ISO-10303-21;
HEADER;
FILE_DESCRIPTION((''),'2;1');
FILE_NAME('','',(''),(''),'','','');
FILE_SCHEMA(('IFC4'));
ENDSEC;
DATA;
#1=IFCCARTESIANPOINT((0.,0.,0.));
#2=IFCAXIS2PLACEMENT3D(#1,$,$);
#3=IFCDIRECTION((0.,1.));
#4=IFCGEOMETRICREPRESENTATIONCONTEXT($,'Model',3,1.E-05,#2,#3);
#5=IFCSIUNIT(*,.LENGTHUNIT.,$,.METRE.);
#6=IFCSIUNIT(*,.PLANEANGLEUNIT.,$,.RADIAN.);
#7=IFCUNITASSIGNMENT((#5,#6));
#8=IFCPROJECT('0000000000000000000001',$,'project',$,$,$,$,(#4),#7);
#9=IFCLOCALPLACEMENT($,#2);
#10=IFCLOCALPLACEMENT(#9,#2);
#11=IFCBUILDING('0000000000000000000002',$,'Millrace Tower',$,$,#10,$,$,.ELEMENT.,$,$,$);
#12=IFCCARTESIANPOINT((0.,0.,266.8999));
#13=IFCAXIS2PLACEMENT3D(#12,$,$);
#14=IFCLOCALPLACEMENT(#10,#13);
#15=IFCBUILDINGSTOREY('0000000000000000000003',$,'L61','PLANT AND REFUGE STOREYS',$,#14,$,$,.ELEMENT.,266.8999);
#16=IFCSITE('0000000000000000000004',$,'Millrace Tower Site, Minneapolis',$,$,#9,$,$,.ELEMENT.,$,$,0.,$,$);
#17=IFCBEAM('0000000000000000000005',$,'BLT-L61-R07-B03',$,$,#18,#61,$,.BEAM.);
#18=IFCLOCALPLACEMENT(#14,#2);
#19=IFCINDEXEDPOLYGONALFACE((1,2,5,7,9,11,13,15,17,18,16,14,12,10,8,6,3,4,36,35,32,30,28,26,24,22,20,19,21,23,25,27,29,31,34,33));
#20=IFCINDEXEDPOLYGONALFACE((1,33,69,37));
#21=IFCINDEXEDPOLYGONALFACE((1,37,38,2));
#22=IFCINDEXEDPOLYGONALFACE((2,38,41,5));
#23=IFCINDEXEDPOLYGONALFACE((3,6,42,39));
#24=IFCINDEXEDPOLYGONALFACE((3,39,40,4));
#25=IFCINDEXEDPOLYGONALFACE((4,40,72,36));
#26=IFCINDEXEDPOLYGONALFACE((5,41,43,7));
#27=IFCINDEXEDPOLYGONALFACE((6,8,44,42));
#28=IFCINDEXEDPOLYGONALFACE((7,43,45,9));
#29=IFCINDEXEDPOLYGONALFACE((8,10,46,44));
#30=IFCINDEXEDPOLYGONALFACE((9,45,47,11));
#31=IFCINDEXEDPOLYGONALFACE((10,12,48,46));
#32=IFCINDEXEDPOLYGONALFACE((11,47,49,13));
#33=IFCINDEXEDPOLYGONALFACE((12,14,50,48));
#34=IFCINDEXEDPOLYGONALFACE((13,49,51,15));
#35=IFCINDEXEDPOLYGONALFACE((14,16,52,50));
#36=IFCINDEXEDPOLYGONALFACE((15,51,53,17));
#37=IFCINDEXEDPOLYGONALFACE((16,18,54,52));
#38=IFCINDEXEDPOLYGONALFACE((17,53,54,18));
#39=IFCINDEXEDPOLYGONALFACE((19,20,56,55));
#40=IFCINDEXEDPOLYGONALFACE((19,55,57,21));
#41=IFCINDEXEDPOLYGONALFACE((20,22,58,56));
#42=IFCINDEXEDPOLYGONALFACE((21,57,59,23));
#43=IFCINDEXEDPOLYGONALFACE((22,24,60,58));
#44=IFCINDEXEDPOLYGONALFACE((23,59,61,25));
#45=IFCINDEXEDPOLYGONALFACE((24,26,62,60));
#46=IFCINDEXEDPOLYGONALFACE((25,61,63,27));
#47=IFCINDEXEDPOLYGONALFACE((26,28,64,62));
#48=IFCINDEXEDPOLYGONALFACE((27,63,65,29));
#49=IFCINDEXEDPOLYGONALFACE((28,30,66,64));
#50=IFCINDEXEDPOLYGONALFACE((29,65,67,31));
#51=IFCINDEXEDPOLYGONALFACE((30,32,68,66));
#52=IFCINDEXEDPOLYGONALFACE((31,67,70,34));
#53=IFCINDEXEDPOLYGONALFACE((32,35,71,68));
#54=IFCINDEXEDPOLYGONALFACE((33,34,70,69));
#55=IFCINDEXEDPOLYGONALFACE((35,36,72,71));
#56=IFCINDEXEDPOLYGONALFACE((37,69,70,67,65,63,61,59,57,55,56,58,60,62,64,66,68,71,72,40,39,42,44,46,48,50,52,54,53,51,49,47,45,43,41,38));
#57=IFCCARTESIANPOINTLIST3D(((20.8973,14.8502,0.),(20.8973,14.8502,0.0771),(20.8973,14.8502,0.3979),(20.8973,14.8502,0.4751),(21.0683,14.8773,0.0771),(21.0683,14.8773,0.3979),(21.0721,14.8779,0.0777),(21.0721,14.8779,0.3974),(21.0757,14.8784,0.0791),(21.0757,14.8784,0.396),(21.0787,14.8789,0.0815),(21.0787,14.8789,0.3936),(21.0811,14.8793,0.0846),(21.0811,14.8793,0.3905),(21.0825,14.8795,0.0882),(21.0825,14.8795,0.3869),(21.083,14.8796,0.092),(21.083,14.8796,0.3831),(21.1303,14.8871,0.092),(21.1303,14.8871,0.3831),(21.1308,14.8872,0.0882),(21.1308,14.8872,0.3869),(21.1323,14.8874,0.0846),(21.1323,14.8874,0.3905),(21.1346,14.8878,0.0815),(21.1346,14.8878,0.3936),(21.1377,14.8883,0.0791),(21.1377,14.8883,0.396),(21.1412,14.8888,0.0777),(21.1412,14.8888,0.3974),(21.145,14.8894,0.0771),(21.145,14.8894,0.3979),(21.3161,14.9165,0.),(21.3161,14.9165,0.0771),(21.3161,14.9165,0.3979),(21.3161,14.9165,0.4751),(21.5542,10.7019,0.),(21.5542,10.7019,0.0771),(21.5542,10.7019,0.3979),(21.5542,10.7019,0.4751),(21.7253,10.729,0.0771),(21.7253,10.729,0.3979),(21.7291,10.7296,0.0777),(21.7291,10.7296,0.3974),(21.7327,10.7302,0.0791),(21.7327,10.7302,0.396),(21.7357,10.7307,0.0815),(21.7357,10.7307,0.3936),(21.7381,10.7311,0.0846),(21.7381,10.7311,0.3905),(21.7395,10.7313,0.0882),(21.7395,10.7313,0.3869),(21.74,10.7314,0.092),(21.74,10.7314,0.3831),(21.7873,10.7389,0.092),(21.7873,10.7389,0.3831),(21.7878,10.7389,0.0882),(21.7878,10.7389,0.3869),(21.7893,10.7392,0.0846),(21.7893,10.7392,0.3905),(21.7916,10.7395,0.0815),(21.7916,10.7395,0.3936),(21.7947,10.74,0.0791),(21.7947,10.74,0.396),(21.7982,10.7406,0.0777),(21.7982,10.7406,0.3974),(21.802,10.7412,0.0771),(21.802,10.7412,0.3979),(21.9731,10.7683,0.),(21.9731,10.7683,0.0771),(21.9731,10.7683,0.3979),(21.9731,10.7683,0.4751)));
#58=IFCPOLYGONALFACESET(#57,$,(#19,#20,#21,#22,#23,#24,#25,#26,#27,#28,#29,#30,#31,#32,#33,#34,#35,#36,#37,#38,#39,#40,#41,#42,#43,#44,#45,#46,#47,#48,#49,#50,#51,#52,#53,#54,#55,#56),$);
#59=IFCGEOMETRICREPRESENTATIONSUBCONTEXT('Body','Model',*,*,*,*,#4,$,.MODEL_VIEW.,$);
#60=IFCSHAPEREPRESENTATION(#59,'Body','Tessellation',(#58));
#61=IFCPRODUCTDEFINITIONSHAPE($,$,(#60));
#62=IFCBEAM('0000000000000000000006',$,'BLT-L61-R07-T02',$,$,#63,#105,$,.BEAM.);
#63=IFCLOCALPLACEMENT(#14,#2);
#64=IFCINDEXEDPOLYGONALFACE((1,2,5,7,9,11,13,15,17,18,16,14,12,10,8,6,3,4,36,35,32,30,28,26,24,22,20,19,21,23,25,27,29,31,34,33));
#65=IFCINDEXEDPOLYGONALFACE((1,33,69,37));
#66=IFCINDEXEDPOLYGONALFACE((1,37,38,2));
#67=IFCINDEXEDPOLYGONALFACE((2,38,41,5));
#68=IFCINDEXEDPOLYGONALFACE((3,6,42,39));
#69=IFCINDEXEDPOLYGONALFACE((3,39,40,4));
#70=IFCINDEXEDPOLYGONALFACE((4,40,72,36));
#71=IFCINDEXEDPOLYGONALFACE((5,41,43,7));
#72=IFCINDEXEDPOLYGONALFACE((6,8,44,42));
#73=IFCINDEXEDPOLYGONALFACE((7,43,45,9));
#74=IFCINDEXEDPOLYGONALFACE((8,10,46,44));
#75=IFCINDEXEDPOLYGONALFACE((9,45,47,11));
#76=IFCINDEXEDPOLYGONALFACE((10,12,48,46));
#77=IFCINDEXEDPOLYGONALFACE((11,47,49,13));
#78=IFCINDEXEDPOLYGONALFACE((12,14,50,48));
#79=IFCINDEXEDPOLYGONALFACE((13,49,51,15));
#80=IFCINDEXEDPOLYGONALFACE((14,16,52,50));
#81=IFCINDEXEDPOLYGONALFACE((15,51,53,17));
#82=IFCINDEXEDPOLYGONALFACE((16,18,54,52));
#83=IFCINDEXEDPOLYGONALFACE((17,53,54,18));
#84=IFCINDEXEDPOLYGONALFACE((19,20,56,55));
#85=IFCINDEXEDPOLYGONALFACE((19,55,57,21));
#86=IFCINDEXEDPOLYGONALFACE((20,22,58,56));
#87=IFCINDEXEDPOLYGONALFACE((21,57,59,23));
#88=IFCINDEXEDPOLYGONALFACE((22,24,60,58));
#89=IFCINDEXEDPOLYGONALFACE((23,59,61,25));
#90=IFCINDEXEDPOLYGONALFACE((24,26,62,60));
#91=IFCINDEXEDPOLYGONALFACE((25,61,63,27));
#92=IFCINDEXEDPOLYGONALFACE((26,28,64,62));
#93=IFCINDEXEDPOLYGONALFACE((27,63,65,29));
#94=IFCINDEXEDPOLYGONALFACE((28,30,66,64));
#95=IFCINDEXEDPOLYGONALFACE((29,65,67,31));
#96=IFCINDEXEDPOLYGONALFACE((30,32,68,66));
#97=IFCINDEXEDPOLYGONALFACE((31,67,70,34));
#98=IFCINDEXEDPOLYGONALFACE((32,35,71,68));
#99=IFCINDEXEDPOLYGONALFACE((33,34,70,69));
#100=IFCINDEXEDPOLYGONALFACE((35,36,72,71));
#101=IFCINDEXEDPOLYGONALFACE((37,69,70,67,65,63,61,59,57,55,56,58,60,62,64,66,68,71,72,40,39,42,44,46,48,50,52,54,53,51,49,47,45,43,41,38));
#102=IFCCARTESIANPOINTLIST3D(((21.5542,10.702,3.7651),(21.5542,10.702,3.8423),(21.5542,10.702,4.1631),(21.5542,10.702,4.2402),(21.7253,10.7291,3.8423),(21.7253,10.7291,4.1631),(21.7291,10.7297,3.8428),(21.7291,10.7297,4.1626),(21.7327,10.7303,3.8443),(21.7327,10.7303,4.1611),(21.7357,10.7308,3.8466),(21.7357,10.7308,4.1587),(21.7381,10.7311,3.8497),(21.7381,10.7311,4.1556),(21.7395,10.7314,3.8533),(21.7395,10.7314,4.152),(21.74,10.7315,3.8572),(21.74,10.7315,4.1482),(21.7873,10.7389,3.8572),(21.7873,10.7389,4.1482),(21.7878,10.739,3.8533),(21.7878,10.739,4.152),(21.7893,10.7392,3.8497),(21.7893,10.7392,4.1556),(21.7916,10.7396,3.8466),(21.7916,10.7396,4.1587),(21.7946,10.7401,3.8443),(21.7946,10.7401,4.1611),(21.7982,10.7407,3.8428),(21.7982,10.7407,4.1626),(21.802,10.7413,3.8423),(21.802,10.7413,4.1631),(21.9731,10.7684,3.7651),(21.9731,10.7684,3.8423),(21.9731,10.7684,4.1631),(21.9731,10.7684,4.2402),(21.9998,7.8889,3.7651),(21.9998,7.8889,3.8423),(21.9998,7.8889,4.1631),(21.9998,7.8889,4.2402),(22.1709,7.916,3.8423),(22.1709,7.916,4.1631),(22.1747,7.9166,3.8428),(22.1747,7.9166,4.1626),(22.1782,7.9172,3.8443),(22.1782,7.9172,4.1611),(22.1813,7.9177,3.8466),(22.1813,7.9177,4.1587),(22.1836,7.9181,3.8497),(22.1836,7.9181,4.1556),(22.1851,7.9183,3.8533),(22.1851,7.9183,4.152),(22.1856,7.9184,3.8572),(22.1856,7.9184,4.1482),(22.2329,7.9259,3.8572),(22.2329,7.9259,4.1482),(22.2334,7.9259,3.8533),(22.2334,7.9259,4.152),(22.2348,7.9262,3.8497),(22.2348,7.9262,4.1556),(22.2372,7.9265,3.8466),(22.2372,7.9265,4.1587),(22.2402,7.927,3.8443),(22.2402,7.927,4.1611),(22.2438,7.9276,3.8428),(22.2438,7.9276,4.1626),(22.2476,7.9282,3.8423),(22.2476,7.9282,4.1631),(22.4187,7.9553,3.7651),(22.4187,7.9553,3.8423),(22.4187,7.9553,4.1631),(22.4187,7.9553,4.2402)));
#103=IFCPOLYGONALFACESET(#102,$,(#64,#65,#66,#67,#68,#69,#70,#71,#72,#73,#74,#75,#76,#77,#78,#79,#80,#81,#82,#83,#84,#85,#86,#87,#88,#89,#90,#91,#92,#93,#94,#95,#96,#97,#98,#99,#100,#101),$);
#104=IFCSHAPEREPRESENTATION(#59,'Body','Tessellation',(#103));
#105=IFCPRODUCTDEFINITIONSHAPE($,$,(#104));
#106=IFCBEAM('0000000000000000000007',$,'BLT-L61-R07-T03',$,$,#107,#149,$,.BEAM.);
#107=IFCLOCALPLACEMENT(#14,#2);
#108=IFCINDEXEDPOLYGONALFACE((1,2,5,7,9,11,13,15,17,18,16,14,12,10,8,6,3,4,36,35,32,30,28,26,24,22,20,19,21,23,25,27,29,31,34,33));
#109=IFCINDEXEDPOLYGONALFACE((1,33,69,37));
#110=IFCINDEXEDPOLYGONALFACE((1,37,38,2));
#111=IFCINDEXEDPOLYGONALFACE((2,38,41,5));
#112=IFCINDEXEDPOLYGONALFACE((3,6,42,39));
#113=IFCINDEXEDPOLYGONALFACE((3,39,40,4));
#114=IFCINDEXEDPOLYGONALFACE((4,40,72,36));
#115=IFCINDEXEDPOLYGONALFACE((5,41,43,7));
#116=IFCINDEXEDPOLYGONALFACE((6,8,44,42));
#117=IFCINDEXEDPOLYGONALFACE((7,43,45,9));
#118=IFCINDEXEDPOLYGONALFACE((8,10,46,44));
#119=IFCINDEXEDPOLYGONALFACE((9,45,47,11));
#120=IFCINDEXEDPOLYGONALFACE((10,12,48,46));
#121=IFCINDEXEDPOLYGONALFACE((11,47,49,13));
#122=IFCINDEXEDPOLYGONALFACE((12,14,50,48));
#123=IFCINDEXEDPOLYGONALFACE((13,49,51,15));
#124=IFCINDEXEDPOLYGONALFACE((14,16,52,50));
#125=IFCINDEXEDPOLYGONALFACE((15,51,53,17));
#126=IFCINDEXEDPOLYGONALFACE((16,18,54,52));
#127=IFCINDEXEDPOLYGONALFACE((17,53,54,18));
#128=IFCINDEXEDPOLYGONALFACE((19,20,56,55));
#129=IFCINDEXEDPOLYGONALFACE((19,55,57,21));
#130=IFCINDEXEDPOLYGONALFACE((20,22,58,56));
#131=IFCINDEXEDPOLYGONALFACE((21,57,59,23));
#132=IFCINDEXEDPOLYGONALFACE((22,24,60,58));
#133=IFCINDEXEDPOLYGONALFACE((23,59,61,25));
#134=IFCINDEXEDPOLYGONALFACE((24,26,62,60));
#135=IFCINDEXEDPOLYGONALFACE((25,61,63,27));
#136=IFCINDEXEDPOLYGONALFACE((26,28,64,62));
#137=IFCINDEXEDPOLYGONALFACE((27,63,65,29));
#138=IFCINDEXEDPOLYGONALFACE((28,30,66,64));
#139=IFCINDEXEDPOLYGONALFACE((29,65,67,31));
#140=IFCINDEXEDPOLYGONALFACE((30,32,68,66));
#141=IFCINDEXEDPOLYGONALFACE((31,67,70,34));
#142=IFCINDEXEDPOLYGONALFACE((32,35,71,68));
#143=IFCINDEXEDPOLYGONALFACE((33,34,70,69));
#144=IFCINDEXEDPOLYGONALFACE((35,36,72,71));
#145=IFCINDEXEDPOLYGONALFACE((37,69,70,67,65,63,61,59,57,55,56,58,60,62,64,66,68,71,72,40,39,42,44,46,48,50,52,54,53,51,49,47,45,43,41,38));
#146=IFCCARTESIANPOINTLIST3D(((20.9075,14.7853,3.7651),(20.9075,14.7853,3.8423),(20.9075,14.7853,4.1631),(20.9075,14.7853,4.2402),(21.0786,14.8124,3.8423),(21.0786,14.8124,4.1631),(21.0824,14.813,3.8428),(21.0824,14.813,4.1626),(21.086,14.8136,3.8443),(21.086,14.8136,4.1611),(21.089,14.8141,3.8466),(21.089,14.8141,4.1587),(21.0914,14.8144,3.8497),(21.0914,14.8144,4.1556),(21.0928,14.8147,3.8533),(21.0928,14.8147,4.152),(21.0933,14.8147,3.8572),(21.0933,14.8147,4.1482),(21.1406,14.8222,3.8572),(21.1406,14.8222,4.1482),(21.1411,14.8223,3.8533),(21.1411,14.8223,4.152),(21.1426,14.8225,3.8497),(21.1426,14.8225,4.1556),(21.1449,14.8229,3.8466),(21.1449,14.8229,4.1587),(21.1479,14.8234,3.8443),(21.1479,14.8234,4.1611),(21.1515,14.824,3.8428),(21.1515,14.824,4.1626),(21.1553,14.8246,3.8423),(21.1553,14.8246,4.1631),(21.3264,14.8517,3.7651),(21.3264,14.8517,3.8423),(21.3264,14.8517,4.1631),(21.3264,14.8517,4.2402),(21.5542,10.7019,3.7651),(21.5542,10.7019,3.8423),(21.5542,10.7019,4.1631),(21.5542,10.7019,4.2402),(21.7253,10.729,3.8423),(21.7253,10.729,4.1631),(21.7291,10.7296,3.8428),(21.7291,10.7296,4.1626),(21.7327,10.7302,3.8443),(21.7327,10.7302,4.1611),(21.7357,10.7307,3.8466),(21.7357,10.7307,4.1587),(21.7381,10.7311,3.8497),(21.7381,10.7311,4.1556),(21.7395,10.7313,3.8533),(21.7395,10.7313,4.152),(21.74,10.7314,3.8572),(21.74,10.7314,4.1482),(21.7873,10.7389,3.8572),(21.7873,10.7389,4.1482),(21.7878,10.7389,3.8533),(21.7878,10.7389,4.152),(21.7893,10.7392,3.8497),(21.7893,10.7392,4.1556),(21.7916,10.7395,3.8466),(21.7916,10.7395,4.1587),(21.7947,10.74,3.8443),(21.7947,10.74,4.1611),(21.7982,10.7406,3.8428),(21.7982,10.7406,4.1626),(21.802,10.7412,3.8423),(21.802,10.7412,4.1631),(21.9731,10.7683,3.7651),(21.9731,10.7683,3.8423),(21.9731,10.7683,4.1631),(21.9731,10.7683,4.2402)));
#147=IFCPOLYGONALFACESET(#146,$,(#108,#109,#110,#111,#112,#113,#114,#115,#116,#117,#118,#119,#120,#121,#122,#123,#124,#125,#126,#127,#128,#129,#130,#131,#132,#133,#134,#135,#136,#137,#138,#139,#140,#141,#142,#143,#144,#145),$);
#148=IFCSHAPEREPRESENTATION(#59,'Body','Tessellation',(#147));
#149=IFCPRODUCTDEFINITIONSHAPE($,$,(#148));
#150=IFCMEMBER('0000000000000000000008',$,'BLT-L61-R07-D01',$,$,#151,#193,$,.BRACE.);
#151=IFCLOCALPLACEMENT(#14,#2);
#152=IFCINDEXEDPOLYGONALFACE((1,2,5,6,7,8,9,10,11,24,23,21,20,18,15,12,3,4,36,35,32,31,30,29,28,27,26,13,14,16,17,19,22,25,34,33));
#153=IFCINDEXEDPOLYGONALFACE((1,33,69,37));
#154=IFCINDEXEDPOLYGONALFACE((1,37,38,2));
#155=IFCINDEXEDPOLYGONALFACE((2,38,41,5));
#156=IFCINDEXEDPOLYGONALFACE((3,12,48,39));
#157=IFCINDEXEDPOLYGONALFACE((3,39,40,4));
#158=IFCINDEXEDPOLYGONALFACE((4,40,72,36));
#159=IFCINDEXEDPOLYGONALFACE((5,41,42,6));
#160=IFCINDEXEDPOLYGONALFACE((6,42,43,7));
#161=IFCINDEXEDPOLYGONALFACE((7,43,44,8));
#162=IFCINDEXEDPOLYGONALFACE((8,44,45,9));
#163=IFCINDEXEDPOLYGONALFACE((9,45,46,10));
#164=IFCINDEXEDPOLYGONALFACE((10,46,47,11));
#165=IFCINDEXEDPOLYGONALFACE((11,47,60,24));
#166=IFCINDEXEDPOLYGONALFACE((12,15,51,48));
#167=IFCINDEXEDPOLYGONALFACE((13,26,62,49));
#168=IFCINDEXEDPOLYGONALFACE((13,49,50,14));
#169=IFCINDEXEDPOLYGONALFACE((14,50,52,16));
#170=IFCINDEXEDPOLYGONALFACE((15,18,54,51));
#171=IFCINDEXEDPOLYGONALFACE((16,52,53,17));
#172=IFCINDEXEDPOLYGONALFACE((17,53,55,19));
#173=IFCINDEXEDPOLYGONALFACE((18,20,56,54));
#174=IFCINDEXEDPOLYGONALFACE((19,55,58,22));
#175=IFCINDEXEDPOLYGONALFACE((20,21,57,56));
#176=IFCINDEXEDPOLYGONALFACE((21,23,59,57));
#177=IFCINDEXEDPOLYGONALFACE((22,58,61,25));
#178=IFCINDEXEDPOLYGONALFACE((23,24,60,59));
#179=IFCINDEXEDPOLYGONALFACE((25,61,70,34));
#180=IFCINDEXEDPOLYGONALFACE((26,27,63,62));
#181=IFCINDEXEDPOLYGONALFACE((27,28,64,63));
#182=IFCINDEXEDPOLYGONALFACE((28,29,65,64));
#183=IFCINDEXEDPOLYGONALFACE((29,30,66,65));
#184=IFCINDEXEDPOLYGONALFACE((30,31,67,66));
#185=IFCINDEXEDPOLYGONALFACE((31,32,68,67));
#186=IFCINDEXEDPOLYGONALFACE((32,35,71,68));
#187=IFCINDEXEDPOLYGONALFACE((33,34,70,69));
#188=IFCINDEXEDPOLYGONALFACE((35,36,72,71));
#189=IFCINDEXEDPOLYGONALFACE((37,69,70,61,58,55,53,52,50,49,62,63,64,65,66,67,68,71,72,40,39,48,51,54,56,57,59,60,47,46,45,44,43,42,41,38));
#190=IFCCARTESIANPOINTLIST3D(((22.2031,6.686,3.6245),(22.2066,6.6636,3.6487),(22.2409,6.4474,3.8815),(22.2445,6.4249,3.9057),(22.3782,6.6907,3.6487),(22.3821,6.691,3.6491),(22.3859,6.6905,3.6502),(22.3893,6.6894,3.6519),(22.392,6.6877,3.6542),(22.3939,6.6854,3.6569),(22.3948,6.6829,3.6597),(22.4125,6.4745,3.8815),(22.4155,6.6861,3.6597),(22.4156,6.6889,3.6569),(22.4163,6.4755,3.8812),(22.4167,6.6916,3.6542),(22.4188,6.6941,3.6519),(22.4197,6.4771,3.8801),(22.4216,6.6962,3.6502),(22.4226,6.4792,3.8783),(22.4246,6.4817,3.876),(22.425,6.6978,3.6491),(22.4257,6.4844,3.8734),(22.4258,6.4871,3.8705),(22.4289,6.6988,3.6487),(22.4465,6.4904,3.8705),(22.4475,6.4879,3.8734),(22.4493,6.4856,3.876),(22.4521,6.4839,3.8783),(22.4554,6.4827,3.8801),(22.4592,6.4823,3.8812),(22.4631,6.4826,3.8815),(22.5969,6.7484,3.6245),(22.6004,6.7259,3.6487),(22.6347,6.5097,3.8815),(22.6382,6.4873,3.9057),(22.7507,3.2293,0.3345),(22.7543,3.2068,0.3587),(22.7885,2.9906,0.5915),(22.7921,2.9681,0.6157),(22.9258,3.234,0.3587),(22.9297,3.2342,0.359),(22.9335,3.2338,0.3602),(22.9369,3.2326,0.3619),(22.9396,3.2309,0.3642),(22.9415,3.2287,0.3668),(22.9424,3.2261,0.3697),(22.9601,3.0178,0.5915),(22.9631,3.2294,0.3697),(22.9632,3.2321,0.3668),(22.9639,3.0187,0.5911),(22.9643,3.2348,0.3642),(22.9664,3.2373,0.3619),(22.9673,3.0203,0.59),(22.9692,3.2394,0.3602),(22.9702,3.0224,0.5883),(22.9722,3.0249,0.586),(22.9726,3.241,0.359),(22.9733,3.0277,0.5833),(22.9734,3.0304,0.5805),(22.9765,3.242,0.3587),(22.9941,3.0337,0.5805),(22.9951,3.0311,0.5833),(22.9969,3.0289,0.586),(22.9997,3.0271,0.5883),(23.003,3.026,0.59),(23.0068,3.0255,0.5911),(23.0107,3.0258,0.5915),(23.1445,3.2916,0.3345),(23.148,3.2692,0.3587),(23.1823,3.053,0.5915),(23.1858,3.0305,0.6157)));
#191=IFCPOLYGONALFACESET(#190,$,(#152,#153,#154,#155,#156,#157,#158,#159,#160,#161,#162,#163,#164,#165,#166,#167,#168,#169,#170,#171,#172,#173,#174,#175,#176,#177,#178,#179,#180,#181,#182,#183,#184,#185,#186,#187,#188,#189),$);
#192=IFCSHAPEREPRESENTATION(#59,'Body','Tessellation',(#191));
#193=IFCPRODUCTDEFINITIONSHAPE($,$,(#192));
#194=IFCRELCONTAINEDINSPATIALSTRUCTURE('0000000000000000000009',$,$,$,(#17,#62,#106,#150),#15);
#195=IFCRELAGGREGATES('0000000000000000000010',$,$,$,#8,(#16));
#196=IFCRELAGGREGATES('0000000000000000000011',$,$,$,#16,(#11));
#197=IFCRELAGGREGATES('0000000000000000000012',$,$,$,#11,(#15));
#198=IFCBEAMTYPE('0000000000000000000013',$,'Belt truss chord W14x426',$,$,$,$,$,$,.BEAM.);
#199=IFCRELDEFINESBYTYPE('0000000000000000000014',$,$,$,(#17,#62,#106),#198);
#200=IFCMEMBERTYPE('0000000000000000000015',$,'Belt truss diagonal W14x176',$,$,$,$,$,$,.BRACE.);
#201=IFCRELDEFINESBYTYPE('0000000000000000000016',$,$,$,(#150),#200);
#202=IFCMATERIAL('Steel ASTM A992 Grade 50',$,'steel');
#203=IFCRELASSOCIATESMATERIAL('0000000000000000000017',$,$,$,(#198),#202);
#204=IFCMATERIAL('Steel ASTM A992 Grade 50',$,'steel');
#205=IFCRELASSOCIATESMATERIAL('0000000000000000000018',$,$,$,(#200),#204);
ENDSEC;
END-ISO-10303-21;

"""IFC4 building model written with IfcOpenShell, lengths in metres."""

from ifc_helpers import new_model, si_unit, direction, frame, origin, origin_2d, place, context, subcontext, project, spatial, i_section, extrude, material, material_profile, profile_set, type_object, element, save


model = new_model("IFC4")

# Units and contexts
model_context = context("Model", 3, precision=1e-05, world=origin(), true_north=direction((0.0, 1.0)))
body_context = subcontext(model_context, "Body", "Model", "MODEL_VIEW")
ifc_project = project(units=[si_unit("LENGTHUNIT", "METRE"), si_unit("PLANEANGLEUNIT", "RADIAN")], contexts=[model_context])

# Site, building, storey
site_placement = place(None, origin())
site = spatial("IfcSite", under=ifc_project, at=site_placement, Name="Millrace Tower Site, Minneapolis", CompositionType="ELEMENT", RefElevation=0.0)
building_placement = place(site_placement, origin())
building = spatial("IfcBuilding", under=site, at=building_placement, Name="Millrace Tower", CompositionType="ELEMENT")
storey_placement = place(building_placement, frame((0.0, 0.0, 266.8999)))
storey = spatial("IfcBuildingStorey", under=building, at=storey_placement, Name="L61", Description="PLANT AND REFUGE STOREYS", CompositionType="ELEMENT", Elevation=266.8999)

# Beams
ifc_material_1 = material(Name="Steel ASTM A992 Grade 50", Category="steel")
ifc_material_profile_1 = material_profile(ifc_material_1, i_section(OverallWidth=0.4241, OverallDepth=0.4751, WebThickness=0.0479, FlangeThickness=0.0771, FilletRadius=0.0149, at=origin_2d()))
ifc_profile_set_1 = profile_set([ifc_material_profile_1], Name="Steel ASTM A992 Grade 50")
beam_type_1 = type_object("IfcBeamType", Name="Belt truss chord W14x426", PredefinedType="BEAM", material=ifc_profile_set_1)
beam_1_placement = place(storey_placement, frame((21.7637, 10.7351, 0.2375), z_axis=(-0.156428, 0.987689, 0.0), x_axis=(-0.987689, -0.156428, 0.0)))
element("IfcBeam", 1, at=beam_1_placement, inside=storey, type_object=beam_type_1, Name="BLT-L61-R07-B03", PredefinedType="BEAM", context=body_context, shape_type="SweptSolid", body=[
    extrude(i_section(OverallWidth=0.4241, OverallDepth=0.4751, WebThickness=0.0479, FlangeThickness=0.0771, FilletRadius=0.0149, at=origin_2d()), origin(), (0.0, 0.0, 1.0), 4.2),
])
beam_2_placement = place(storey_placement, frame((22.2092, 7.9221, 4.0027), z_axis=(-0.156442, 0.987687, 0.0), x_axis=(-0.987687, -0.156442, 0.0)))
element("IfcBeam", 2, at=beam_2_placement, inside=storey, type_object=beam_type_1, Name="BLT-L61-R07-T02", PredefinedType="BEAM", context=body_context, shape_type="SweptSolid", body=[
    extrude(i_section(OverallWidth=0.4241, OverallDepth=0.4751, WebThickness=0.0479, FlangeThickness=0.0771, FilletRadius=0.0149, at=origin_2d()), origin(), (0.0, 0.0, 1.0), 2.8481),
])
beam_3_placement = place(storey_placement, frame((21.7637, 10.7351, 4.0027), z_axis=(-0.156427, 0.98769, 0.0), x_axis=(-0.98769, -0.156427, 0.0)))
element("IfcBeam", 3, at=beam_3_placement, inside=storey, type_object=beam_type_1, Name="BLT-L61-R07-T03", PredefinedType="BEAM", context=body_context, shape_type="SweptSolid", body=[
    extrude(i_section(OverallWidth=0.4241, OverallDepth=0.4751, WebThickness=0.0479, FlangeThickness=0.0771, FilletRadius=0.0149, at=origin_2d()), origin(), (0.0, 0.0, 1.0), 4.1343),
])

# Member
ifc_material_2 = material(Name="Steel ASTM A992 Grade 50", Category="steel")
ifc_material_profile_2 = material_profile(ifc_material_2, i_section(OverallWidth=0.3987, OverallDepth=0.386, WebThickness=0.021, FlangeThickness=0.0332, FilletRadius=0.0151, at=origin_2d()))
ifc_profile_set_2 = profile_set([ifc_material_profile_2], Name="Steel ASTM A992 Grade 50")
member_type_1 = type_object("IfcMemberType", Name="Belt truss diagonal W14x176", PredefinedType="BRACE", material=ifc_profile_set_2)
member_1_placement = place(storey_placement, frame((22.9683, 3.1299, 0.4751), z_axis=(-0.114002, 0.719639, 0.684925), x_axis=(-0.987684, -0.156464, 0.0)))
element("IfcMember", 4, at=member_1_placement, inside=storey, type_object=member_type_1, Name="BLT-L61-R07-D01", PredefinedType="BRACE", context=body_context, shape_type="SweptSolid", body=[
    extrude(i_section(OverallWidth=0.3987, OverallDepth=0.386, WebThickness=0.021, FlangeThickness=0.0332, FilletRadius=0.0151, at=origin_2d()), origin(), (0.0, 0.0, 1.0), 4.8035),
])

save(model, "model.ifc")
